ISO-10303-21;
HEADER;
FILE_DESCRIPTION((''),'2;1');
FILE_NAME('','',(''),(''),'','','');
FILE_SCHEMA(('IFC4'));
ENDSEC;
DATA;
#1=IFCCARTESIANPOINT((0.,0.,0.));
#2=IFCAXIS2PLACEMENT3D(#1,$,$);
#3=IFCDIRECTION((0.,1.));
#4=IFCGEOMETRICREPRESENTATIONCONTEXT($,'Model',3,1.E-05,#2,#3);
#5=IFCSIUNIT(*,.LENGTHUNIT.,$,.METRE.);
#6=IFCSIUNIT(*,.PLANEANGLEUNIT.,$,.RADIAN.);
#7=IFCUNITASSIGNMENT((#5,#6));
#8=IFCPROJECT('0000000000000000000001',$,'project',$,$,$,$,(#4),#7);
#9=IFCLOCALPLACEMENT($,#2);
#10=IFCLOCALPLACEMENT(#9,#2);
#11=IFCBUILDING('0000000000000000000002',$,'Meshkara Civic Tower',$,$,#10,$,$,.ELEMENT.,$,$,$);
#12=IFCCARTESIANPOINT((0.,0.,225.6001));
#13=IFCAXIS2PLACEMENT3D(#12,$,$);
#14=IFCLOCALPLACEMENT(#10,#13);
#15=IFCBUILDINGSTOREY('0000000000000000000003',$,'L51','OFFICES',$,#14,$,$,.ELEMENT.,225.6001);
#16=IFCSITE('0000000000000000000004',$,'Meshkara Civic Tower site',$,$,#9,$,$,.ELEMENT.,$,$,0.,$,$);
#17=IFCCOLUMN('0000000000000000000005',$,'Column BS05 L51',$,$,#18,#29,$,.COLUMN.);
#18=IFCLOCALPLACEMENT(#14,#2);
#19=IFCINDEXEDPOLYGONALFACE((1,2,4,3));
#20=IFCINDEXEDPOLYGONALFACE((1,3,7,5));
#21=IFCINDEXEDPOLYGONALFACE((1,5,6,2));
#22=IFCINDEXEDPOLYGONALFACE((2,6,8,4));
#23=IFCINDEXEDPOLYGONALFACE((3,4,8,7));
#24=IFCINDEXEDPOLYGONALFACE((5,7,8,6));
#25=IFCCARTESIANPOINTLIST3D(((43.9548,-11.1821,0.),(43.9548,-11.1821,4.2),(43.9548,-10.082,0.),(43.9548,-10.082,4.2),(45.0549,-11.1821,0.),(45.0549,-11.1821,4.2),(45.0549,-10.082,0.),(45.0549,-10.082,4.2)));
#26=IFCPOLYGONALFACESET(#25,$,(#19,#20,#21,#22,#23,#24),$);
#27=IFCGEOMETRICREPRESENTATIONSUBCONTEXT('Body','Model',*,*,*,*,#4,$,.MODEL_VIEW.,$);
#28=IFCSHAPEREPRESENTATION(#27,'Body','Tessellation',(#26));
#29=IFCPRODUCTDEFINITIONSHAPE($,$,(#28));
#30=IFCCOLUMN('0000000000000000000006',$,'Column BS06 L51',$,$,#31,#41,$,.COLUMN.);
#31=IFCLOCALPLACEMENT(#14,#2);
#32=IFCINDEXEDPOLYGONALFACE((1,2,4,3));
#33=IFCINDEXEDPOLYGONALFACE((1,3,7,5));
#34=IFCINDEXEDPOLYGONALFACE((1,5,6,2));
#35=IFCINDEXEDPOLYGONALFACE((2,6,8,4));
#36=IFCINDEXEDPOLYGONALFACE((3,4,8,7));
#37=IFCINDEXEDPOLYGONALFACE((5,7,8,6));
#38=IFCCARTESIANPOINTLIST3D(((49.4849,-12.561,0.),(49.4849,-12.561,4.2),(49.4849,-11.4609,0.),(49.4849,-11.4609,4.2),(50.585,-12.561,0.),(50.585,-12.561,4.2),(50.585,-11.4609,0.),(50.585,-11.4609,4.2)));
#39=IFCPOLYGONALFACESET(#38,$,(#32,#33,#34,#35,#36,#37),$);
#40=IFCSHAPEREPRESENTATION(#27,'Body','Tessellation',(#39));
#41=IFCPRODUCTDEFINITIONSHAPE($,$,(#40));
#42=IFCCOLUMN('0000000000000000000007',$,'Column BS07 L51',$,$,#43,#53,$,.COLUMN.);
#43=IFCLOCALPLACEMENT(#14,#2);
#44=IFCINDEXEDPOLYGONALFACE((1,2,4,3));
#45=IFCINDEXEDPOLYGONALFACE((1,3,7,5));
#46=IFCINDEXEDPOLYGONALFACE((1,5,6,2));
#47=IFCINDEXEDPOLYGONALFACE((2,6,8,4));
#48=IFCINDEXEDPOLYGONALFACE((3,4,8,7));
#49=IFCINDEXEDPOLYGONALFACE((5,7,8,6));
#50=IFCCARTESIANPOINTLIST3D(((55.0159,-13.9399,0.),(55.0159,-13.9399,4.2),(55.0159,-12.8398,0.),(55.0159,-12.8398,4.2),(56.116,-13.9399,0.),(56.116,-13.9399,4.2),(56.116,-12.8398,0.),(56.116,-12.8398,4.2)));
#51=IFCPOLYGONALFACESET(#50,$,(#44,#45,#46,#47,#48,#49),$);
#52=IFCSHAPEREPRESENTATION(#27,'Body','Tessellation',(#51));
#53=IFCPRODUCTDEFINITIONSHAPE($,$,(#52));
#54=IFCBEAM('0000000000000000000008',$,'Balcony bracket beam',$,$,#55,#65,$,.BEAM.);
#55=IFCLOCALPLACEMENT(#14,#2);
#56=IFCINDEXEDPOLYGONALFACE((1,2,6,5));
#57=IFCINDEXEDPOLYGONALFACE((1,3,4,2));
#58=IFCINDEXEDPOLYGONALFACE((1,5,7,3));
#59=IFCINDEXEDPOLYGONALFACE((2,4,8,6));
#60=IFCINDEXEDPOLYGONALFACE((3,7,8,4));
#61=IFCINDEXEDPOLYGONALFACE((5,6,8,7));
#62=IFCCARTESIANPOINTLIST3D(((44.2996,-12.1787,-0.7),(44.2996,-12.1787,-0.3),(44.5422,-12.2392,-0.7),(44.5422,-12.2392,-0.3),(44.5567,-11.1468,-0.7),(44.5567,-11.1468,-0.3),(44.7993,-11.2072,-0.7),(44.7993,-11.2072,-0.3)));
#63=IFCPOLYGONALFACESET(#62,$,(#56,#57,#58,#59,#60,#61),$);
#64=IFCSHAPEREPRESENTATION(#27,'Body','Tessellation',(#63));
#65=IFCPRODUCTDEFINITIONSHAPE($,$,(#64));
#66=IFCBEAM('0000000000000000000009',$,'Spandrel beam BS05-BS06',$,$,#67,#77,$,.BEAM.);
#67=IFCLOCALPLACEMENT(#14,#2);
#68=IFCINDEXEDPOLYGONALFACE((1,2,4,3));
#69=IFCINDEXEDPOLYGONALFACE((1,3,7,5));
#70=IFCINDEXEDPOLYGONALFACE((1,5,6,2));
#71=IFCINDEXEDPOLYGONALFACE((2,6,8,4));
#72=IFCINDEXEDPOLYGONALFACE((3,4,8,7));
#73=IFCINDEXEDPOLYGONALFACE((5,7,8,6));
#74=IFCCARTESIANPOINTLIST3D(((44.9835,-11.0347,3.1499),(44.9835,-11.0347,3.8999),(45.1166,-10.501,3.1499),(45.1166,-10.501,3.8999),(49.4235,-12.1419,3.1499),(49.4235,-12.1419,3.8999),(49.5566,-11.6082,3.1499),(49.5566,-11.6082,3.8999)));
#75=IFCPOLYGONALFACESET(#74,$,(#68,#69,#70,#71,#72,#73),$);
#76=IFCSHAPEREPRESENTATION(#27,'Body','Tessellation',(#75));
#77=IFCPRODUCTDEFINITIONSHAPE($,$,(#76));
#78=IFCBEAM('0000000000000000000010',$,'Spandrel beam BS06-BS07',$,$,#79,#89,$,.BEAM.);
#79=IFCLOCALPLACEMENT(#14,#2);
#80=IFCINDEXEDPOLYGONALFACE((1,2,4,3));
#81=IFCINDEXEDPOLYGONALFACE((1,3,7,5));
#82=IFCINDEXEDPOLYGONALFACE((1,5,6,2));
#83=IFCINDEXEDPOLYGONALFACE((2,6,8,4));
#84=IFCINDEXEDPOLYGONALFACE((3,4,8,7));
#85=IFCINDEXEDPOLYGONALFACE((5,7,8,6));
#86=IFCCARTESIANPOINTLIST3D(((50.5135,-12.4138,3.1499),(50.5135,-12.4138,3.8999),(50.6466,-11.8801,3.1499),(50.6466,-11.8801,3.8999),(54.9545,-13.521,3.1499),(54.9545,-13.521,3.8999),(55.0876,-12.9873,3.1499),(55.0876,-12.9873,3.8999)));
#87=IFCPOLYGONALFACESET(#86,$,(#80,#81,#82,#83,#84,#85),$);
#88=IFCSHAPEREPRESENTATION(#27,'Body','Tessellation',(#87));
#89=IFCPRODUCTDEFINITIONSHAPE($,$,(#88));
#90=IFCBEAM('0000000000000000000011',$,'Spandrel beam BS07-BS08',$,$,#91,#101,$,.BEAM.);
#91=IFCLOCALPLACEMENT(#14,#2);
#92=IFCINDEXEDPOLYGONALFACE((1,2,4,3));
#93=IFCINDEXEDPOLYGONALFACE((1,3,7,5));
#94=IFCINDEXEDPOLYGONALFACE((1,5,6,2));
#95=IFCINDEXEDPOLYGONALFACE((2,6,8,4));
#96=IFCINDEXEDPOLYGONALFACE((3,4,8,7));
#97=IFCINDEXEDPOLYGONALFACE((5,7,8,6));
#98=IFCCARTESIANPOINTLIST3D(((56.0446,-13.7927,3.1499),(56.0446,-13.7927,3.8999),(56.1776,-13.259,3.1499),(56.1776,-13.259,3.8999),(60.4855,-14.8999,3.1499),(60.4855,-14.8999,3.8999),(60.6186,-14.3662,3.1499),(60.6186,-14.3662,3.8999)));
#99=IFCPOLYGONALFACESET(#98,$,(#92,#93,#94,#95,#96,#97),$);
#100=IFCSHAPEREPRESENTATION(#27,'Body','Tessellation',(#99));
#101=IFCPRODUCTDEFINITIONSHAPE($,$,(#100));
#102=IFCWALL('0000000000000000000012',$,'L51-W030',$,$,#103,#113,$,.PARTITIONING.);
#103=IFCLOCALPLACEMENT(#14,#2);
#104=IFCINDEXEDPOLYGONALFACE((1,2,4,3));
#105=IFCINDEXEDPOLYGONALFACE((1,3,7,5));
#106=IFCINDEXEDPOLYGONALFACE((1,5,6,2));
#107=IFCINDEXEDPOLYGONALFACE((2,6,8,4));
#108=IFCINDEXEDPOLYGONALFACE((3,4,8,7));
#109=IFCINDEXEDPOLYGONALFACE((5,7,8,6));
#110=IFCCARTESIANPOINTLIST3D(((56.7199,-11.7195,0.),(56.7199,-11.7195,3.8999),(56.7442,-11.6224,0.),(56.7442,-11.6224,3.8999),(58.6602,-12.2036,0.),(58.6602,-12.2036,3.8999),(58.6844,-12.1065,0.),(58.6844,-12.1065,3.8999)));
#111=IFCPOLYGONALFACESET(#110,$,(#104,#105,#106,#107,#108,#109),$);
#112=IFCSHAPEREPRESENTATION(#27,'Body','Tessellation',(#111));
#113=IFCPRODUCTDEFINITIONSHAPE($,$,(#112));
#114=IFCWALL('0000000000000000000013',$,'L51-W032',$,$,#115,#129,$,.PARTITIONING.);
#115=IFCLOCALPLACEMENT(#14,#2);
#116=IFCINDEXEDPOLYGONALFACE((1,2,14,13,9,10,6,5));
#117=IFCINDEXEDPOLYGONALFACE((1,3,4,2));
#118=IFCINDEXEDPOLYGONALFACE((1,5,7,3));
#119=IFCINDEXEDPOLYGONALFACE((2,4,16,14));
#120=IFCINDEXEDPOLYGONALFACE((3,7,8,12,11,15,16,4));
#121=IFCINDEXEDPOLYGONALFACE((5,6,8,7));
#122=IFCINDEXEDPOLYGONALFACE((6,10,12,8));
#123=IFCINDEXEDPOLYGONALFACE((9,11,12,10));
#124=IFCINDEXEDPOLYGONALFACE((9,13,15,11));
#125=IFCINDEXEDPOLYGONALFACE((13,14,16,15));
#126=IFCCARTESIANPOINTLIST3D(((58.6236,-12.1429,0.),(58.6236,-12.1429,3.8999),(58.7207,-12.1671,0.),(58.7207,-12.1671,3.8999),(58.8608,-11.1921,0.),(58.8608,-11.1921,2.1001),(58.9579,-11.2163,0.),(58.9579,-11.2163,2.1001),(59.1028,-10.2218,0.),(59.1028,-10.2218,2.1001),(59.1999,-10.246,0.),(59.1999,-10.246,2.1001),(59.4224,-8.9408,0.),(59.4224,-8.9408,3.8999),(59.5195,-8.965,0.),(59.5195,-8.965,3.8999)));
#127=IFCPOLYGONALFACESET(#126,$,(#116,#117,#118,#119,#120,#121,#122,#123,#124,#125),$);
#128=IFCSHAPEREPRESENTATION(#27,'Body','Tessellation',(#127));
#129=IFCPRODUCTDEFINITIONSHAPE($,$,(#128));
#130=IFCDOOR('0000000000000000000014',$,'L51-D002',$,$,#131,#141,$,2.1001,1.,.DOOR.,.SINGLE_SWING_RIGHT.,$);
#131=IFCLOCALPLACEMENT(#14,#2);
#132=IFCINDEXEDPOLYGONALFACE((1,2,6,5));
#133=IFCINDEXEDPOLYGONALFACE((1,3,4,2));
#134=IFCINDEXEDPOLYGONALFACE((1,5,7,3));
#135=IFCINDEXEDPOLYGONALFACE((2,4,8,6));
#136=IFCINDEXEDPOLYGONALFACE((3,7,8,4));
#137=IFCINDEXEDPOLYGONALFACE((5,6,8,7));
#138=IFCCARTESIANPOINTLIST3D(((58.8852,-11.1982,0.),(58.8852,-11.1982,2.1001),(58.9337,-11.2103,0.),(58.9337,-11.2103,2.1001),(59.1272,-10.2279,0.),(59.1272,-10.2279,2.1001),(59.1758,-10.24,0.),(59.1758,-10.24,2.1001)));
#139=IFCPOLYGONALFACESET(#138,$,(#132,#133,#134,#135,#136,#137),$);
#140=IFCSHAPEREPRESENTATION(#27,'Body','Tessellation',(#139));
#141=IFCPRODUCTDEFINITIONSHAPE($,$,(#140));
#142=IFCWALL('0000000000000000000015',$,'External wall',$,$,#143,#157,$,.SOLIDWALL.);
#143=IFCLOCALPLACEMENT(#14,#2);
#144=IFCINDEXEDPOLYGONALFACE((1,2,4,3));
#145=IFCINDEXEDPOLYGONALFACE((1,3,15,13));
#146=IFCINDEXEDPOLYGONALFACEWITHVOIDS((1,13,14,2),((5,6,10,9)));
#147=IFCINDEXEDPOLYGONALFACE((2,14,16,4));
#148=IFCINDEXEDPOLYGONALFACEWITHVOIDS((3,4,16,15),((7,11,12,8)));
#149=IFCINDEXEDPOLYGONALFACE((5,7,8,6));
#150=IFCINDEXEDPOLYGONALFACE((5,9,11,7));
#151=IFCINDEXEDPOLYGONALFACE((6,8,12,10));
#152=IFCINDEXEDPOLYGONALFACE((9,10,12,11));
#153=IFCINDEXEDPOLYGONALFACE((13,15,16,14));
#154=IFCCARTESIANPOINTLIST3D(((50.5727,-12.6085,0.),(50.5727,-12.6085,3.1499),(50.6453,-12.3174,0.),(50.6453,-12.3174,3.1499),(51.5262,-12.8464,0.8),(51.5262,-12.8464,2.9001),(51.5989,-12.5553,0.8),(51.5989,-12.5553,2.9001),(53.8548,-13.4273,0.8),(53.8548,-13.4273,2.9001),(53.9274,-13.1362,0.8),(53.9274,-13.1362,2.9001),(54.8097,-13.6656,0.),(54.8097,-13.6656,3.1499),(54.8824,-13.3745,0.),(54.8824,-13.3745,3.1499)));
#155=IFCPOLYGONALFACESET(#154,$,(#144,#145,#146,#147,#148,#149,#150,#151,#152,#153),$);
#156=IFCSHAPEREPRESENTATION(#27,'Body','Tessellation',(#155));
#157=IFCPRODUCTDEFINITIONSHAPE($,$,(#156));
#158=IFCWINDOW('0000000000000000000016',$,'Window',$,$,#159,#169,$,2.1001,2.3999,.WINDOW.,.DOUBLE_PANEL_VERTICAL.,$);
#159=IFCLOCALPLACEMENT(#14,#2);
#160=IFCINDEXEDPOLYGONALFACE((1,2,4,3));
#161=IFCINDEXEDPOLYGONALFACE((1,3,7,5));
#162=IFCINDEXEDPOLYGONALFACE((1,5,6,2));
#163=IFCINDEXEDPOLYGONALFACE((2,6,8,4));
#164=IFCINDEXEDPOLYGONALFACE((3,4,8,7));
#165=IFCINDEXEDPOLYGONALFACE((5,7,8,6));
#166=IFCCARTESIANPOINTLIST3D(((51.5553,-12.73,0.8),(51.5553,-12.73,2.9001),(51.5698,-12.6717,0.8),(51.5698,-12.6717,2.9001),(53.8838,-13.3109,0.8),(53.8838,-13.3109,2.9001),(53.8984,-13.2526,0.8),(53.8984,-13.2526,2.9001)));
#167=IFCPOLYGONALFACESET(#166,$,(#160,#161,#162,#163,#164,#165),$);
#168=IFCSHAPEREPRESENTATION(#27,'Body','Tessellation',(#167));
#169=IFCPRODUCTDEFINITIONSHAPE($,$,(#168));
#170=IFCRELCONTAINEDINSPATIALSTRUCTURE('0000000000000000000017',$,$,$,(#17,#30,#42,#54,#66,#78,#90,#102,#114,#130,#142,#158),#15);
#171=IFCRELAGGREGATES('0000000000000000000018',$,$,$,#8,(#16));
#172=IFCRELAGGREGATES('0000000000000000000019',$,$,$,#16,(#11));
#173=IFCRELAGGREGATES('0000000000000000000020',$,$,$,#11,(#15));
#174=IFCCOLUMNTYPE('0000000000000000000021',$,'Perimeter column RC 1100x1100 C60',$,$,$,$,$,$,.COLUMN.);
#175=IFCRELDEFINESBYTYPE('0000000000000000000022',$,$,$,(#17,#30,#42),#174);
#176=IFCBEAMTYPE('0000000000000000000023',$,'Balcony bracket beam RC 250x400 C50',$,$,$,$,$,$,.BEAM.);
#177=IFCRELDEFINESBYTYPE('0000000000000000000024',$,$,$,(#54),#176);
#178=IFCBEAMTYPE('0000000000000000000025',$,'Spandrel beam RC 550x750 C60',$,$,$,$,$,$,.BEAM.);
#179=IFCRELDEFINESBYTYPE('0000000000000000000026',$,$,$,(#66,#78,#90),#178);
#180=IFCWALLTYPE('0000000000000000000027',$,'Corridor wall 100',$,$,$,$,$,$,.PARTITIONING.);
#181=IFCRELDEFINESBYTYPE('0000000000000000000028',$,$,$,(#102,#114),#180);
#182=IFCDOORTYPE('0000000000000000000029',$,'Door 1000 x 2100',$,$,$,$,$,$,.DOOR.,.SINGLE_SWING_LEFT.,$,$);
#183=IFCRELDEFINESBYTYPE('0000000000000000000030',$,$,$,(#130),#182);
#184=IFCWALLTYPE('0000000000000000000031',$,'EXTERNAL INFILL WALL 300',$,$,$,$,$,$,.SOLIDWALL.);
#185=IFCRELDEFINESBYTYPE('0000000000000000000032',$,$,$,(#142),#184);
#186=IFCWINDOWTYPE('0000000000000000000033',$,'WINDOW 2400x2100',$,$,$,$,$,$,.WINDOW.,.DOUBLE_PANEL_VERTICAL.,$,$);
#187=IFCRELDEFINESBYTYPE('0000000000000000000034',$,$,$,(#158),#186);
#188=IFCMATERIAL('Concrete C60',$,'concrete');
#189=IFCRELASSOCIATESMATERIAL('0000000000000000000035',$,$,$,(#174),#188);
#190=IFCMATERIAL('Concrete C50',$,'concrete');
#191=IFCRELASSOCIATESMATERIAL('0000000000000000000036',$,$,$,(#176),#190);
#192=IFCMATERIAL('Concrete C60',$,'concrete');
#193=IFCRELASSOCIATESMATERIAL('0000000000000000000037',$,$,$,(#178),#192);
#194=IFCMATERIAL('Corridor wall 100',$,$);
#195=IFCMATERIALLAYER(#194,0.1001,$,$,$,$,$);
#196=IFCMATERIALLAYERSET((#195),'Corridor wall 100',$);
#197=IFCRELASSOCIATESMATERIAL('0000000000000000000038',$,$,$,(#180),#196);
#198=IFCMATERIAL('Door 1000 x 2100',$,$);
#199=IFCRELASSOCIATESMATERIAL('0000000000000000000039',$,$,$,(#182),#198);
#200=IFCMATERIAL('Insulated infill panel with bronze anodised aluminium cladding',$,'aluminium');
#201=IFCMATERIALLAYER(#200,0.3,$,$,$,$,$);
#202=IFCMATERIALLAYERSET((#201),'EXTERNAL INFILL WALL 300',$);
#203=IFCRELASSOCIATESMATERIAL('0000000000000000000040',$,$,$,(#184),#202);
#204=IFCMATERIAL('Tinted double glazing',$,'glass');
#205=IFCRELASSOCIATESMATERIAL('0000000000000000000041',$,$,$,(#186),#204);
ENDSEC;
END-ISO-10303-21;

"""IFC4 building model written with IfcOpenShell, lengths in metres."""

from ifc_helpers import new_model, si_unit, direction, frame, frame_2d, origin, origin_2d, place, context, subcontext, project, spatial, rectangle, extrude, material, layer, layer_set, material_profile, profile_set, type_object, element, fill, save


model = new_model("IFC4")

# Units and contexts
model_context = context("Model", 3, precision=1e-05, world=origin(), true_north=direction((0.0, 1.0)))
body_context = subcontext(model_context, "Body", "Model", "MODEL_VIEW")
ifc_project = project(units=[si_unit("LENGTHUNIT", "METRE"), si_unit("PLANEANGLEUNIT", "RADIAN")], contexts=[model_context])

# Site, building, storey
site_placement = place(None, origin())
site = spatial("IfcSite", under=ifc_project, at=site_placement, Name="Meshkara Civic Tower site", CompositionType="ELEMENT", RefElevation=0.0)
building_placement = place(site_placement, origin())
building = spatial("IfcBuilding", under=site, at=building_placement, Name="Meshkara Civic Tower", CompositionType="ELEMENT")
storey_placement = place(building_placement, frame((0.0, 0.0, 225.6001)))
storey = spatial("IfcBuildingStorey", under=building, at=storey_placement, Name="L51", Description="OFFICES", CompositionType="ELEMENT", Elevation=225.6001)

# Columns
ifc_material_1 = material(Name="Concrete C60", Category="concrete")
ifc_material_profile_1 = material_profile(ifc_material_1, rectangle(XDim=1.1001, YDim=1.1001, at=origin_2d()))
ifc_profile_set_1 = profile_set([ifc_material_profile_1], Name="Concrete C60")
column_type = type_object("IfcColumnType", Name="Perimeter column RC 1100x1100 C60", PredefinedType="COLUMN", material=ifc_profile_set_1)
for number, where, z_axis, x_axis, name in (
    (1, (44.5049, -10.6321, 0.0), (0.0, 0.0, 1.0), (1.0, 0.0, 0.0), "Column BS05 L51"),
    (2, (50.0349, -12.011, 0.0), (0.0, 0.0, 1.0), (1.0, 0.0, 0.0), "Column BS06 L51"),
    (3, (55.5659, -13.3899, 0.0), (0.0, 0.0, 1.0), (1.0, 0.0, 0.0), "Column BS07 L51"),
):
    element("IfcColumn", number, at=place(storey_placement, frame(where, z_axis=z_axis, x_axis=x_axis)), inside=storey, type_object=column_type, Name=name, PredefinedType="COLUMN", context=body_context, shape_type="SweptSolid", body=[
        extrude(rectangle(XDim=1.1001, YDim=1.1001, at=origin_2d()), origin(), (0.0, 0.0, 1.0), 4.2),
    ])

# Beams
ifc_material_2 = material(Name="Concrete C50", Category="concrete")
ifc_material_profile_2 = material_profile(ifc_material_2, rectangle(XDim=0.25, YDim=0.3999, at=origin_2d()))
ifc_profile_set_2 = profile_set([ifc_material_profile_2], Name="Concrete C50")
beam_type_1 = type_object("IfcBeamType", Name="Balcony bracket beam RC 250x400 C50", PredefinedType="BEAM", material=ifc_profile_set_2)
beam_1_placement = place(storey_placement, frame((44.678, -11.177, -0.5), z_axis=(-0.241725, -0.970345, 0.0), x_axis=(0.970345, -0.241725, 0.0)))
element("IfcBeam", 4, at=beam_1_placement, inside=storey, type_object=beam_type_1, Name="Balcony bracket beam", PredefinedType="BEAM", context=body_context, shape_type="SweptSolid", body=[
    extrude(rectangle(XDim=0.25, YDim=0.3999, at=origin_2d()), origin(), (0.0, 0.0, 1.0), 1.0635),
])
ifc_material_3 = material(Name="Concrete C60", Category="concrete")
ifc_material_profile_3 = material_profile(ifc_material_3, rectangle(XDim=0.55, YDim=0.75, at=origin_2d()))
ifc_profile_set_3 = profile_set([ifc_material_profile_3], Name="Concrete C60")
beam_type_2 = type_object("IfcBeamType", Name="Spandrel beam RC 550x750 C60", PredefinedType="BEAM", material=ifc_profile_set_3)
beam_2_placement = place(storey_placement, frame((45.05, -10.7678, 3.5249), z_axis=(0.970287, -0.241958, 0.0), x_axis=(0.241958, 0.970287, 0.0)))
element("IfcBeam", 5, at=beam_2_placement, inside=storey, type_object=beam_type_2, Name="Spandrel beam BS05-BS06", PredefinedType="BEAM", context=body_context, shape_type="SweptSolid", body=[
    extrude(rectangle(XDim=0.55, YDim=0.75, at=origin_2d()), origin(), (0.0, 0.0, 1.0), 4.5759),
])
for number, where, z_axis, x_axis, name in (
    (6, (50.5801, -12.147, 3.5249), (0.970299, -0.241908, 0.0), (0.241908, 0.970299, 0.0), "Spandrel beam BS06-BS07"),
    (7, (56.1111, -13.5259, 3.5249), (0.970299, -0.241908, 0.0), (0.241908, 0.970299, 0.0), "Spandrel beam BS07-BS08"),
):
    element("IfcBeam", number, at=place(storey_placement, frame(where, z_axis=z_axis, x_axis=x_axis)), inside=storey, type_object=beam_type_2, Name=name, PredefinedType="BEAM", context=body_context, shape_type="SweptSolid", body=[
        extrude(rectangle(XDim=0.55, YDim=0.75, at=origin_2d()), origin(), (0.0, 0.0, 1.0), 4.5769),
    ])

# Wall
ifc_material_4 = material(Name="Corridor wall 100")
ifc_layer_1 = layer(ifc_material_4, 0.1001)
ifc_layer_set_1 = layer_set([ifc_layer_1], Name="Corridor wall 100")
wall_type_1 = type_object("IfcWallType", Name="Corridor wall 100", PredefinedType="PARTITIONING", material=ifc_layer_set_1)
wall_1_placement = place(storey_placement, frame((56.7319, -11.6709, 0.0), z_axis=(0.0, 0.0, 1.0), x_axis=(0.97025, -0.242105, 0.0)))
element("IfcWall", 8, at=wall_1_placement, inside=storey, type_object=wall_type_1, Name="L51-W030", PredefinedType="PARTITIONING", context=body_context, shape_type="SweptSolid", body=[
    extrude(rectangle(XDim=1.9998, YDim=0.1001, at=frame_2d((1.0, 0.0))), origin(), (0.0, 0.0, 1.0), 3.8999),
])

# Wall, opening, door
wall_2_placement = place(storey_placement, frame((58.6721, -12.155, 0.0), z_axis=(0.0, 0.0, 1.0), x_axis=(0.242048, 0.970264, 0.0)))
wall_2 = element("IfcWall", 9, at=wall_2_placement, inside=storey, type_object=wall_type_1, Name="L51-W032", PredefinedType="PARTITIONING", context=body_context, shape_type="SweptSolid", body=[
    extrude(rectangle(XDim=3.3003, YDim=0.1001, at=frame_2d((1.6501, 0.0))), origin(), (0.0, 0.0, 1.0), 3.8999),
])
opening_1_placement = place(wall_2_placement, frame((0.98, 0.0, 0.0)))
opening_1 = element("IfcOpeningElement", 10, at=opening_1_placement, cuts=wall_2, PredefinedType="OPENING", context=body_context, shape_type="SweptSolid", body=[
    extrude(rectangle(XDim=1.0, YDim=2.1001, at=frame_2d((0.5, 1.05))), frame((0.0, 0.0601, 0.0), z_axis=(0.0, -1.0, 0.0), x_axis=(1.0, 0.0, 0.0)), (0.0, 0.0, 1.0), 0.1201),
])
ifc_material_5 = material(Name="Door 1000 x 2100")
door_type_1 = type_object("IfcDoorType", Name="Door 1000 x 2100", OperationType="SINGLE_SWING_LEFT", PredefinedType="DOOR", material=ifc_material_5)
door_1_placement = place(opening_1_placement, origin())
door_1 = element("IfcDoor", 11, at=door_1_placement, inside=storey, type_object=door_type_1, Name="L51-D002", OperationType="SINGLE_SWING_RIGHT", OverallHeight=2.1001, OverallWidth=1.0, PredefinedType="DOOR", context=body_context, shape_type="SweptSolid", body=[
    extrude(rectangle(XDim=1.0, YDim=2.1001, at=frame_2d((0.5, 1.05))), frame((0.0, 0.0249, 0.0), z_axis=(0.0, -1.0, 0.0), x_axis=(1.0, 0.0, 0.0)), (0.0, 0.0, 1.0), 0.05),
])
fill(opening_1, door_1)

# Wall, opening, window
ifc_material_6 = material(Name="Insulated infill panel with bronze anodised aluminium cladding", Category="aluminium")
ifc_layer_2 = layer(ifc_material_6, 0.3)
ifc_layer_set_2 = layer_set([ifc_layer_2], Name="EXTERNAL INFILL WALL 300")
wall_type_2 = type_object("IfcWallType", Name="EXTERNAL INFILL WALL 300", PredefinedType="SOLIDWALL", material=ifc_layer_set_2)
wall_3_placement = place(storey_placement, frame((50.6089, -12.4629, 0.0), z_axis=(0.0, 0.0, 1.0), x_axis=(0.970257, -0.242075, 0.0)))
wall_3 = element("IfcWall", 12, at=wall_3_placement, inside=storey, type_object=wall_type_2, Name="External wall", PredefinedType="SOLIDWALL", context=body_context, shape_type="SweptSolid", body=[
    extrude(rectangle(XDim=4.3669, YDim=0.3, at=frame_2d((2.1836, 0.0))), origin(), (0.0, 0.0, 1.0), 3.1499),
])
opening_2_placement = place(wall_3_placement, frame((0.9829, 0.0, 0.8)))
opening_2 = element("IfcOpeningElement", 13, at=opening_2_placement, cuts=wall_3, PredefinedType="OPENING", context=body_context, shape_type="SweptSolid", body=[
    extrude(rectangle(XDim=2.3999, YDim=2.1001, at=frame_2d((1.2, 1.05))), frame((0.0, 0.1599, 0.0), z_axis=(0.0, -1.0, 0.0), x_axis=(1.0, 0.0, 0.0)), (0.0, 0.0, 1.0), 0.3201),
])
ifc_material_7 = material(Name="Tinted double glazing", Category="glass")
window_type = type_object("IfcWindowType", Name="WINDOW 2400x2100", PartitioningType="DOUBLE_PANEL_VERTICAL", PredefinedType="WINDOW", material=ifc_material_7)
window_1_placement = place(opening_2_placement, origin())
window_1 = element("IfcWindow", 14, at=window_1_placement, inside=storey, type_object=window_type, Name="Window", OverallHeight=2.1001, OverallWidth=2.3999, PartitioningType="DOUBLE_PANEL_VERTICAL", PredefinedType="WINDOW", context=body_context, shape_type="SweptSolid", body=[
    extrude(rectangle(XDim=2.3999, YDim=2.1001, at=frame_2d((1.2, 1.05))), frame((0.0, 0.03, 0.0), z_axis=(0.0, -1.0, 0.0), x_axis=(1.0, 0.0, 0.0)), (0.0, 0.0, 1.0), 0.0601),
])
fill(opening_2, window_1)

save(model, "model.ifc")
